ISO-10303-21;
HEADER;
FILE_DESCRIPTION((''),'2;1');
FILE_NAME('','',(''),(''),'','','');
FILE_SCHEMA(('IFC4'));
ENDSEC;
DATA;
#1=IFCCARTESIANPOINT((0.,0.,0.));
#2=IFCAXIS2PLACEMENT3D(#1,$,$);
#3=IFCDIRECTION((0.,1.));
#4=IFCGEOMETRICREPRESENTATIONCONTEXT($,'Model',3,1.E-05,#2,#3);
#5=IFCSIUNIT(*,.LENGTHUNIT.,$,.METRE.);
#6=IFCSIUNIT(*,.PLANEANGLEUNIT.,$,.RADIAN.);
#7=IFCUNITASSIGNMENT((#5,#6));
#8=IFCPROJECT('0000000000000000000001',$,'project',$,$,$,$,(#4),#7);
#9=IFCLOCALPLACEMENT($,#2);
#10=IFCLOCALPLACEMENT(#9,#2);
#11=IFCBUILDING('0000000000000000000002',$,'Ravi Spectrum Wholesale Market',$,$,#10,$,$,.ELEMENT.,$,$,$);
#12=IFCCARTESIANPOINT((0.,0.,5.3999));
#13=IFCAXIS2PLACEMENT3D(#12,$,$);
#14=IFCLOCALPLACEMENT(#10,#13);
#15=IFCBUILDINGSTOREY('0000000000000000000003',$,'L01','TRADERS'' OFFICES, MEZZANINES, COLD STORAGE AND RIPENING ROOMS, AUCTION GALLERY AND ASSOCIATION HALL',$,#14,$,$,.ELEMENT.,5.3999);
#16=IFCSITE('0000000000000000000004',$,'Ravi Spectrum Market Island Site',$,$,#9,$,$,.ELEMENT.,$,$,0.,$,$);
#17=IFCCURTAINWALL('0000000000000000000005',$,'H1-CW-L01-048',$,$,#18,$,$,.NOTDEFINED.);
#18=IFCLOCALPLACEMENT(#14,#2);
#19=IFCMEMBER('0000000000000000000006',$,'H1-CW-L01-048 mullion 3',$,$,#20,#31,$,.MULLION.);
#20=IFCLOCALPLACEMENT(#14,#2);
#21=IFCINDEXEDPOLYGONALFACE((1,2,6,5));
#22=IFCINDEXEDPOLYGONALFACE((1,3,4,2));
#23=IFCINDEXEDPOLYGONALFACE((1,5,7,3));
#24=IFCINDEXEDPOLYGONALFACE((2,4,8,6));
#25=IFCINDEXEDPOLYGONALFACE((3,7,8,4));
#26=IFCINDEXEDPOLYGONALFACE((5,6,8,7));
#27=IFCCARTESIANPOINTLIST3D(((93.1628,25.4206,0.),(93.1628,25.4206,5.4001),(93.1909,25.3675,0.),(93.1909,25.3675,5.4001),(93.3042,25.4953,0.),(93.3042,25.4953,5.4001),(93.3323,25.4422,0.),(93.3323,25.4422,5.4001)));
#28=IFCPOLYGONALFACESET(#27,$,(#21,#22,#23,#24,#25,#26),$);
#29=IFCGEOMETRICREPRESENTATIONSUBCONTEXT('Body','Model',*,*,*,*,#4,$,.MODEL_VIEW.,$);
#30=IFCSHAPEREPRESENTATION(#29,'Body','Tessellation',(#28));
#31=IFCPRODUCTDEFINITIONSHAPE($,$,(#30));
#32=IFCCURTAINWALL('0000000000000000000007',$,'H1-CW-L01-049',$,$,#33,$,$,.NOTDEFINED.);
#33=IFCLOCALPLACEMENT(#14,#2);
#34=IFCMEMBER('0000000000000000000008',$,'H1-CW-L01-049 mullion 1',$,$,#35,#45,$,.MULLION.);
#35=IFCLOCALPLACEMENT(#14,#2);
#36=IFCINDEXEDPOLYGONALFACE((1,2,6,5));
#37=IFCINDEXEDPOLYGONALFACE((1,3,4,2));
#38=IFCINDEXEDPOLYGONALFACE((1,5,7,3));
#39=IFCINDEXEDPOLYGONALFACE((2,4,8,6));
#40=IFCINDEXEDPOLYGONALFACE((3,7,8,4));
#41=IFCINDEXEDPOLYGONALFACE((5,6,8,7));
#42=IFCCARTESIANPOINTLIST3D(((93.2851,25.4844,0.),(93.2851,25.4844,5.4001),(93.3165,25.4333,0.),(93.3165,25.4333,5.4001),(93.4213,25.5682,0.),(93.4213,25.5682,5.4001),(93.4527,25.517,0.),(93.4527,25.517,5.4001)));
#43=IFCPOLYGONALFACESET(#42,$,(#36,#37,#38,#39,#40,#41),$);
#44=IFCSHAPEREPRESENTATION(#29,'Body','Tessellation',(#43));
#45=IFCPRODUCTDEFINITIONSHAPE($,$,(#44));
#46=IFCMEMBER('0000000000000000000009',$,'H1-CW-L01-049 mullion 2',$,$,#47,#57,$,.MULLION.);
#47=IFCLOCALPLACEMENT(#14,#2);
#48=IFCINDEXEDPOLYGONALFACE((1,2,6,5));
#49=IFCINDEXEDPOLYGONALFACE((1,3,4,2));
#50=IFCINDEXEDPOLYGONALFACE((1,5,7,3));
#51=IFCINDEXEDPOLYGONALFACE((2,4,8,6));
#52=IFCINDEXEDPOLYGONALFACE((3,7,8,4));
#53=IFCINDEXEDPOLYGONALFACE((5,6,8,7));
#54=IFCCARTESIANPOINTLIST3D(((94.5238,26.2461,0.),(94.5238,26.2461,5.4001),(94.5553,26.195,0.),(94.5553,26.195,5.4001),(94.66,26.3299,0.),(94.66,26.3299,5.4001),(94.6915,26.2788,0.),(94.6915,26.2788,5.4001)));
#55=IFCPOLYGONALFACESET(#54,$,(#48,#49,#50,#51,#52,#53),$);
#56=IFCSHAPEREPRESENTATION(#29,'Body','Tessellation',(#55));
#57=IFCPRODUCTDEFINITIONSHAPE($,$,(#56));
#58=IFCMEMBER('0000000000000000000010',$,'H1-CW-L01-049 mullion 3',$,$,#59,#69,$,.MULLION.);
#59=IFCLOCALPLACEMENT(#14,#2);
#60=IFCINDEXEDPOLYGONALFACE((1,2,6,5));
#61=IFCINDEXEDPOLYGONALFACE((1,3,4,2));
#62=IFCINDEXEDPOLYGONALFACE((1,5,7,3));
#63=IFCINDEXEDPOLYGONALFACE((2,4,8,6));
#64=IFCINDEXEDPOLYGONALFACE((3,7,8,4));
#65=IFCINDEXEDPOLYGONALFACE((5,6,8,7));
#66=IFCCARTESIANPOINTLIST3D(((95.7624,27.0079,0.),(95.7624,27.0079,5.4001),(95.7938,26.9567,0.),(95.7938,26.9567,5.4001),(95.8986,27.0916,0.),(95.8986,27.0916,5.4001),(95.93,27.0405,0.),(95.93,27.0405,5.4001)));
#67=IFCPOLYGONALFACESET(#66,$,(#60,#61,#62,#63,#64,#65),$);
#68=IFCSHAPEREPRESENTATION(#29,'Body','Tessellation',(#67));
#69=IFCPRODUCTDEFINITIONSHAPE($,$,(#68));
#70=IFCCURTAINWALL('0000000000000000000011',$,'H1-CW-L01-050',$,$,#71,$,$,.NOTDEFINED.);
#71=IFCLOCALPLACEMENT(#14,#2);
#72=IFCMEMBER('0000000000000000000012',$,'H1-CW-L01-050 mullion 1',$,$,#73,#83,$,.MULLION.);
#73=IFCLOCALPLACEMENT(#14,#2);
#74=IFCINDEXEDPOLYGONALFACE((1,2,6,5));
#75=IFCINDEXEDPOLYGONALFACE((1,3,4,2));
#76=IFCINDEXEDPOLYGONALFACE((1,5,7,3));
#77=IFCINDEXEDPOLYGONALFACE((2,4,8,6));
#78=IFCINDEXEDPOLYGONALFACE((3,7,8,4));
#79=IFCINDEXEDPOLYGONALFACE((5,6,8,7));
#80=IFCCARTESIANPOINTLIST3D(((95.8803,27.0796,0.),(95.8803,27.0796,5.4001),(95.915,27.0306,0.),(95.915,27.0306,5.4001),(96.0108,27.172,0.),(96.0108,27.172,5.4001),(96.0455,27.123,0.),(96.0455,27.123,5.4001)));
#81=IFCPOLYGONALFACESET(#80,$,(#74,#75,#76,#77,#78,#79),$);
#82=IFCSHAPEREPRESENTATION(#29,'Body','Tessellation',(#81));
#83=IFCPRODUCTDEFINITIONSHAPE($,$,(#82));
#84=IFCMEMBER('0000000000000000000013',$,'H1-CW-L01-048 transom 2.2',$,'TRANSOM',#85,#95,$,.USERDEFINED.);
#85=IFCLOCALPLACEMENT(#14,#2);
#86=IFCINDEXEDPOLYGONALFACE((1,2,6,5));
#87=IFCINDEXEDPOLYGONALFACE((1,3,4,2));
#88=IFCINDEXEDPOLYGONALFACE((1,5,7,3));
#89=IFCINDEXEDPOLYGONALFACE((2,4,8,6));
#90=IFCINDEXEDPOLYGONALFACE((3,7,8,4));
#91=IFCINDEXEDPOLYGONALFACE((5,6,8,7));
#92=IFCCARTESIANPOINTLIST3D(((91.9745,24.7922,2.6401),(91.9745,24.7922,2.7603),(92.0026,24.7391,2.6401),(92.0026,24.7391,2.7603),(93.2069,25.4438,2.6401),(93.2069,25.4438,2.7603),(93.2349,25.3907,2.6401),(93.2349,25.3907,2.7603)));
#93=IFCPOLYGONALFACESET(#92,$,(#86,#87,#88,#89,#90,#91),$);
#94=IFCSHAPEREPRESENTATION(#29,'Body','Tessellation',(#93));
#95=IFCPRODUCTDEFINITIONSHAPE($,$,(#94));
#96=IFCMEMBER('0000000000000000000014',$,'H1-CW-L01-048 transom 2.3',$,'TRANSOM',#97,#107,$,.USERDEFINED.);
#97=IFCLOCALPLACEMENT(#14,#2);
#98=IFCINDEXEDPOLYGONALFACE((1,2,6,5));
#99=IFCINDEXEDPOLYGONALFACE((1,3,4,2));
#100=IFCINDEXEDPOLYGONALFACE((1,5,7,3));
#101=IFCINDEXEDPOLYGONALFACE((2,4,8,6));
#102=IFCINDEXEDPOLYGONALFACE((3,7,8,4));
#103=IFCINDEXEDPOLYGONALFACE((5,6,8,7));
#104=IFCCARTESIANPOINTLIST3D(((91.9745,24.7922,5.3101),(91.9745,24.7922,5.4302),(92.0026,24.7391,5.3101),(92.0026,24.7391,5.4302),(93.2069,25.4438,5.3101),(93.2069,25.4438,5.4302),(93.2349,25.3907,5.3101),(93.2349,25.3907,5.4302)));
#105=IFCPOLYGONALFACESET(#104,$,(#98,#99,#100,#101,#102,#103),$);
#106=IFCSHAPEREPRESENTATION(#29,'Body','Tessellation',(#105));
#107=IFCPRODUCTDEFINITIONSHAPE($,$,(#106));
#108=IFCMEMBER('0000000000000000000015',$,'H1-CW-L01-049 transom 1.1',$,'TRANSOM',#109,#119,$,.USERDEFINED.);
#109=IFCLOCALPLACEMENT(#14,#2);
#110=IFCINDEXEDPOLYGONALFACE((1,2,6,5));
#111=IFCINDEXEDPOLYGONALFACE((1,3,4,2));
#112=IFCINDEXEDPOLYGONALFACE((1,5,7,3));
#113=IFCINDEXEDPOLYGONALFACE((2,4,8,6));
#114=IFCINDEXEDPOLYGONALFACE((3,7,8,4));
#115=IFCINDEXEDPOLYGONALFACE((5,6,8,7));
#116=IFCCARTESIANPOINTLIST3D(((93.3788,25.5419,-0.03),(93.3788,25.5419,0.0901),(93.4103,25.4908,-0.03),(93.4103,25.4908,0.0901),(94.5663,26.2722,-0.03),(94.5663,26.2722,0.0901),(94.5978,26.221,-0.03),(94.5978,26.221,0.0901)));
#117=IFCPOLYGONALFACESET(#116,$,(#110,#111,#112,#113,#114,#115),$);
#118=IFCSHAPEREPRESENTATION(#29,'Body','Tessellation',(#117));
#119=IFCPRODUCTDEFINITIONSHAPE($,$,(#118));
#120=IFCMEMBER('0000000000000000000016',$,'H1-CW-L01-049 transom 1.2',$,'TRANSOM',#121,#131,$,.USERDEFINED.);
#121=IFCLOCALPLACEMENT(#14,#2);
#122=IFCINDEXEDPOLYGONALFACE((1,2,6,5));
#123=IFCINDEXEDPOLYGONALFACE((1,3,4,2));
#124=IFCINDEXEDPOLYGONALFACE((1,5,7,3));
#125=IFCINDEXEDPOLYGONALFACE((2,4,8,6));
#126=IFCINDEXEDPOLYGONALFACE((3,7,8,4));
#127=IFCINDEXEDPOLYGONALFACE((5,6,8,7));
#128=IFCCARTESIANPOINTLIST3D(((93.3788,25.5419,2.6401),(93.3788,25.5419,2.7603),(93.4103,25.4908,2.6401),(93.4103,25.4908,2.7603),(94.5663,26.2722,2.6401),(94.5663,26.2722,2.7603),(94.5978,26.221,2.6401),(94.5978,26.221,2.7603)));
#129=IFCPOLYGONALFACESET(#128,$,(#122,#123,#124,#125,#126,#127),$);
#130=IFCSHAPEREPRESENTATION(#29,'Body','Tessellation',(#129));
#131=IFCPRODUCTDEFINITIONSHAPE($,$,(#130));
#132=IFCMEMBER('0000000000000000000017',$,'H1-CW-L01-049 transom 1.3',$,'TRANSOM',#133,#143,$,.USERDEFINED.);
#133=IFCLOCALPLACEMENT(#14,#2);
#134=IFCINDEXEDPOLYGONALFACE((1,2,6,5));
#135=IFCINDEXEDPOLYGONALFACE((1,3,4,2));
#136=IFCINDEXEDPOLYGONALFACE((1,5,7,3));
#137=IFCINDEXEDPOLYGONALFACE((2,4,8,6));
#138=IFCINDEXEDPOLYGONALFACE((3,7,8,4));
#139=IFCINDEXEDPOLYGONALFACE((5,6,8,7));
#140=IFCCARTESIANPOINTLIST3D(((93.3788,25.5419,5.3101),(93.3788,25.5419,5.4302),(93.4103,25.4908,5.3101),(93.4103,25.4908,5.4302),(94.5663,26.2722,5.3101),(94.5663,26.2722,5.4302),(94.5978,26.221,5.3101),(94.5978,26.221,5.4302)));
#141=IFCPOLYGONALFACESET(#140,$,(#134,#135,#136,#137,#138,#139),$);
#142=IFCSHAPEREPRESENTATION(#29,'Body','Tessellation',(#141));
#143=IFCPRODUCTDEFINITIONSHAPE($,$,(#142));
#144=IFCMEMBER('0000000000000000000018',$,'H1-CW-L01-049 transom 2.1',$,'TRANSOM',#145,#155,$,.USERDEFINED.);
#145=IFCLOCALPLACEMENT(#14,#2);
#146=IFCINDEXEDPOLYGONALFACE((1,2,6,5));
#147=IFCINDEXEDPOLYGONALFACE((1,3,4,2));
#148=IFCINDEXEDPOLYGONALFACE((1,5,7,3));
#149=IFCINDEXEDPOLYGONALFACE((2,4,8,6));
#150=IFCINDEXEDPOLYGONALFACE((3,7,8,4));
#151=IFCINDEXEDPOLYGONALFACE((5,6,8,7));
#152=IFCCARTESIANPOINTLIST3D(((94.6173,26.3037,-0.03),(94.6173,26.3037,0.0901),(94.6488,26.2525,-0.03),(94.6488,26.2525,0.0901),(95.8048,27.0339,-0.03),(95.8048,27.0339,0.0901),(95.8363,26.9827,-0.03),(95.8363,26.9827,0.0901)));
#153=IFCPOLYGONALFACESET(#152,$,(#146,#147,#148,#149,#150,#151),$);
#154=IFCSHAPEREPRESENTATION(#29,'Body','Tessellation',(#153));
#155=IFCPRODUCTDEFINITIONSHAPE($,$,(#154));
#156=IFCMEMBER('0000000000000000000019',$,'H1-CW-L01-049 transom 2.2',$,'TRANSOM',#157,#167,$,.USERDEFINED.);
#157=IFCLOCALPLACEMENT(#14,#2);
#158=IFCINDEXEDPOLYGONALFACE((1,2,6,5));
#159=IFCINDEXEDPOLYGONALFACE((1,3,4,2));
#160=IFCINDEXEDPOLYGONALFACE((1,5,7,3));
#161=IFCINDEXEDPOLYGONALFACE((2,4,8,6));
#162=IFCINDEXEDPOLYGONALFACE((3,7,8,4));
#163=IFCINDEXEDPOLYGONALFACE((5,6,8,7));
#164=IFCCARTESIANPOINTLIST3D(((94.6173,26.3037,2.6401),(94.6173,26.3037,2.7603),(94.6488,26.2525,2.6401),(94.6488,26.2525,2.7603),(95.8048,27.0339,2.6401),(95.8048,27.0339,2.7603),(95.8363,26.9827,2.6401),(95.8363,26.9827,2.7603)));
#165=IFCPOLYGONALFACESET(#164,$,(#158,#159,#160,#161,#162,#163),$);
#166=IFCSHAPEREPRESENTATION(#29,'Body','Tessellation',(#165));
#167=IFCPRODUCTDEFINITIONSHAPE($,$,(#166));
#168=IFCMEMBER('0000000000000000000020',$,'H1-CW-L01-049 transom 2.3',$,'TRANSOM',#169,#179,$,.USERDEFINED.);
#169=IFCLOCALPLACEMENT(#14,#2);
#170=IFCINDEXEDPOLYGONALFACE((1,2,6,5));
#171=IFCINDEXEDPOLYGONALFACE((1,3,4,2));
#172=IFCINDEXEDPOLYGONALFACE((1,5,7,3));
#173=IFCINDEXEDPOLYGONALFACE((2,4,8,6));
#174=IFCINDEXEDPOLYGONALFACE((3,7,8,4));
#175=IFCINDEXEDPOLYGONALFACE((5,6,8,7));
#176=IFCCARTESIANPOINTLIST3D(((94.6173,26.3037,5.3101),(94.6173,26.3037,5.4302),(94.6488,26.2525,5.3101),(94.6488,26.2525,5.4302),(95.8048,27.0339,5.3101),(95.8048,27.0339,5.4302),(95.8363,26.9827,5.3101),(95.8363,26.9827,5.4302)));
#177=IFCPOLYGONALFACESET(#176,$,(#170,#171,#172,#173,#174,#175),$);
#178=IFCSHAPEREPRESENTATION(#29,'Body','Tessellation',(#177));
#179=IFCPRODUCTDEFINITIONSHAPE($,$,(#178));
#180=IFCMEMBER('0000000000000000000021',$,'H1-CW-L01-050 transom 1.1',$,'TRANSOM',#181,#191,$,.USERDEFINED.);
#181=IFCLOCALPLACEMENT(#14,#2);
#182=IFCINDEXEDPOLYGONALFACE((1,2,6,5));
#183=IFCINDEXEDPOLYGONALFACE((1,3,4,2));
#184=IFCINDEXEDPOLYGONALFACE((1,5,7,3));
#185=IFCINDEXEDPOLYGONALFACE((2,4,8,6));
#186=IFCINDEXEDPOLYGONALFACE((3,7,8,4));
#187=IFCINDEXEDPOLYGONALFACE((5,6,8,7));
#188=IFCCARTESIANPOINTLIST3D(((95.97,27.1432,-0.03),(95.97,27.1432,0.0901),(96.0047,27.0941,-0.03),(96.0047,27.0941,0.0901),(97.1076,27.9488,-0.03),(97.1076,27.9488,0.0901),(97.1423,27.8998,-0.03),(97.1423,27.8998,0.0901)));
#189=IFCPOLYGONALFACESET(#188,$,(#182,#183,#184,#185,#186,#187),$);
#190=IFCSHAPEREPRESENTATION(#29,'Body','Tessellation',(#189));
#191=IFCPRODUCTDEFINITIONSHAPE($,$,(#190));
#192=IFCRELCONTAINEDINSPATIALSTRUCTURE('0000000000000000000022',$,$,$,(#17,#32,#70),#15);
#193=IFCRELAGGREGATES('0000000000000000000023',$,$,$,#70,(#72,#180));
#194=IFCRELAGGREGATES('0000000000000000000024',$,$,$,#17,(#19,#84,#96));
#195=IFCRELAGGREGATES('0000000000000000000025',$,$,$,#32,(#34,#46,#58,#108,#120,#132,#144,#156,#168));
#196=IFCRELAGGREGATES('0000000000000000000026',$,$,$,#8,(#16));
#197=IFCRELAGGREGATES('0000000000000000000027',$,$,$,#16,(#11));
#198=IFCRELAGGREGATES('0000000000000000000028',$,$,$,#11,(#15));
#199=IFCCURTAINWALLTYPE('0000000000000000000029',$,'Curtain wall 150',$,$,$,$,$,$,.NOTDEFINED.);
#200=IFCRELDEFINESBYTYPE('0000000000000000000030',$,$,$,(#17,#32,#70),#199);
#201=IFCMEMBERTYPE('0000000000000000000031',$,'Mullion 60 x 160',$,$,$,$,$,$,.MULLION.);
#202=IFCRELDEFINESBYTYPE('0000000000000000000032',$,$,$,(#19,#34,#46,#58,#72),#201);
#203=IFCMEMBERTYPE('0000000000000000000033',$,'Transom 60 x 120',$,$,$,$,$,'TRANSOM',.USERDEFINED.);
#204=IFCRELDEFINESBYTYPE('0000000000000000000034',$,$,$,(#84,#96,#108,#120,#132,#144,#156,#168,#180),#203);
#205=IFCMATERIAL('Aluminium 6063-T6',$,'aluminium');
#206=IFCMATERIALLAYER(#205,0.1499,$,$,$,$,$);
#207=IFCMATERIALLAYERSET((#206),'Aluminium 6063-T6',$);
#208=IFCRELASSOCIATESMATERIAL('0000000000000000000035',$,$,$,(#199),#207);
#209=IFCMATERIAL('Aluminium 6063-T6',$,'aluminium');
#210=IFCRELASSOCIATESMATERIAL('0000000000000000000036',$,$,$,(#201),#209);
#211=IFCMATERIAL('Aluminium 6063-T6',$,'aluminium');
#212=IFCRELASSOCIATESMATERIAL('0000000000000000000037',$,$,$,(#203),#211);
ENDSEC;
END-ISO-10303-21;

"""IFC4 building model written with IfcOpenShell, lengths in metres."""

from ifc_helpers import new_model, si_unit, direction, frame, origin, origin_2d, place, context, subcontext, project, spatial, rectangle, extrude, material, layer, layer_set, material_profile, profile_set, type_object, element, aggregate, save


model = new_model("IFC4")

# Units and contexts
model_context = context("Model", 3, precision=1e-05, world=origin(), true_north=direction((0.0, 1.0)))
body_context = subcontext(model_context, "Body", "Model", "MODEL_VIEW")
ifc_project = project(units=[si_unit("LENGTHUNIT", "METRE"), si_unit("PLANEANGLEUNIT", "RADIAN")], contexts=[model_context])

# Site, building, storey
site_placement = place(None, origin())
site = spatial("IfcSite", under=ifc_project, at=site_placement, Name="Ravi Spectrum Market Island Site", CompositionType="ELEMENT", RefElevation=0.0)
building_placement = place(site_placement, origin())
building = spatial("IfcBuilding", under=site, at=building_placement, Name="Ravi Spectrum Wholesale Market", CompositionType="ELEMENT")
storey_placement = place(building_placement, frame((0.0, 0.0, 5.3999)))
storey = spatial("IfcBuildingStorey", under=building, at=storey_placement, Name="L01", Description="TRADERS' OFFICES, MEZZANINES, COLD STORAGE AND RIPENING ROOMS, AUCTION GALLERY AND ASSOCIATION HALL", CompositionType="ELEMENT", Elevation=5.3999)

# Curtain wall, member
ifc_material_1 = material(Name="Aluminium 6063-T6", Category="aluminium")
ifc_layer_1 = layer(ifc_material_1, 0.1499)
ifc_layer_set_1 = layer_set([ifc_layer_1], Name="Aluminium 6063-T6")
curtain_wall_type = type_object("IfcCurtainWallType", Name="Curtain wall 150", PredefinedType="NOTDEFINED", material=ifc_layer_set_1)
curtain_wall_1_placement = place(storey_placement, origin())
curtain_wall_1 = element("IfcCurtainWall", 1, at=curtain_wall_1_placement, inside=storey, type_object=curtain_wall_type, Name="H1-CW-L01-048", PredefinedType="NOTDEFINED")
ifc_material_2 = material(Name="Aluminium 6063-T6", Category="aluminium")
ifc_material_profile_1 = material_profile(ifc_material_2, rectangle(XDim=0.0601, YDim=0.1599, at=origin_2d()))
ifc_profile_set_1 = profile_set([ifc_material_profile_1], Name="Aluminium 6063-T6")
member_type_1 = type_object("IfcMemberType", Name="Mullion 60 x 160", PredefinedType="MULLION", material=ifc_profile_set_1)
member_1_placement = place(storey_placement, frame((93.2476, 25.4314, 0.0), z_axis=(0.0, 0.0, 1.0), x_axis=(-0.467524, 0.88398, 0.0)))
member_1 = element("IfcMember", 2, at=member_1_placement, type_object=member_type_1, Name="H1-CW-L01-048 mullion 3", PredefinedType="MULLION", context=body_context, shape_type="SweptSolid", body=[
    extrude(rectangle(XDim=0.0601, YDim=0.1599, at=origin_2d()), origin(), (0.0, 0.0, 1.0), 5.4001),
])

# Curtain wall, members
curtain_wall_2_placement = place(storey_placement, origin())
curtain_wall_2 = element("IfcCurtainWall", 3, at=curtain_wall_2_placement, inside=storey, type_object=curtain_wall_type, Name="H1-CW-L01-049", PredefinedType="NOTDEFINED")
member_2_placement = place(storey_placement, frame((93.3689, 25.5007, 0.0), z_axis=(0.0, 0.0, 1.0), x_axis=(-0.523841, 0.851816, 0.0)))
member_2 = element("IfcMember", 4, at=member_2_placement, type_object=member_type_1, Name="H1-CW-L01-049 mullion 1", PredefinedType="MULLION", context=body_context, shape_type="SweptSolid", body=[
    extrude(rectangle(XDim=0.0601, YDim=0.1599, at=origin_2d()), origin(), (0.0, 0.0, 1.0), 5.4001),
])
member_3_placement = place(storey_placement, frame((94.6077, 26.2625, 0.0), z_axis=(0.0, 0.0, 1.0), x_axis=(-0.523841, 0.851816, 0.0)))
member_3 = element("IfcMember", 5, at=member_3_placement, type_object=member_type_1, Name="H1-CW-L01-049 mullion 2", PredefinedType="MULLION", context=body_context, shape_type="SweptSolid", body=[
    extrude(rectangle(XDim=0.0601, YDim=0.1599, at=origin_2d()), origin(), (0.0, 0.0, 1.0), 5.4001),
])
member_4_placement = place(storey_placement, frame((95.8462, 27.0242, 0.0), z_axis=(0.0, 0.0, 1.0), x_axis=(-0.523841, 0.851816, 0.0)))
member_4 = element("IfcMember", 6, at=member_4_placement, type_object=member_type_1, Name="H1-CW-L01-049 mullion 3", PredefinedType="MULLION", context=body_context, shape_type="SweptSolid", body=[
    extrude(rectangle(XDim=0.0601, YDim=0.1599, at=origin_2d()), origin(), (0.0, 0.0, 1.0), 5.4001),
])

# Curtain wall, member
curtain_wall_3_placement = place(storey_placement, origin())
curtain_wall_3 = element("IfcCurtainWall", 7, at=curtain_wall_3_placement, inside=storey, type_object=curtain_wall_type, Name="H1-CW-L01-050", PredefinedType="NOTDEFINED")
member_5_placement = place(storey_placement, frame((95.9629, 27.1013, 0.0), z_axis=(0.0, 0.0, 1.0), x_axis=(-0.577953, 0.81607, 0.0)))
member_5 = element("IfcMember", 8, at=member_5_placement, type_object=member_type_1, Name="H1-CW-L01-050 mullion 1", PredefinedType="MULLION", context=body_context, shape_type="SweptSolid", body=[
    extrude(rectangle(XDim=0.0601, YDim=0.1599, at=origin_2d()), origin(), (0.0, 0.0, 1.0), 5.4001),
])

# Members
ifc_material_3 = material(Name="Aluminium 6063-T6", Category="aluminium")
ifc_material_profile_2 = material_profile(ifc_material_3, rectangle(XDim=0.0601, YDim=0.1201, at=origin_2d()))
ifc_profile_set_2 = profile_set([ifc_material_profile_2], Name="Aluminium 6063-T6")
member_type_2 = type_object("IfcMemberType", Name="Transom 60 x 120", ElementType="TRANSOM", PredefinedType="USERDEFINED", material=ifc_profile_set_2)
member_6_placement = place(storey_placement, frame((91.9885, 24.7656, 2.7002), z_axis=(0.884039, 0.467413, 0.0), x_axis=(-0.467413, 0.884039, 0.0)))
member_6 = element("IfcMember", 9, at=member_6_placement, type_object=member_type_2, Name="H1-CW-L01-048 transom 2.2", ObjectType="TRANSOM", PredefinedType="USERDEFINED", context=body_context, shape_type="SweptSolid", body=[
    extrude(rectangle(XDim=0.0601, YDim=0.1201, at=origin_2d()), origin(), (0.0, 0.0, 1.0), 1.394),
])
member_7_placement = place(storey_placement, frame((91.9885, 24.7656, 5.3701), z_axis=(0.884039, 0.467413, 0.0), x_axis=(-0.467413, 0.884039, 0.0)))
member_7 = element("IfcMember", 10, at=member_7_placement, type_object=member_type_2, Name="H1-CW-L01-048 transom 2.3", ObjectType="TRANSOM", PredefinedType="USERDEFINED", context=body_context, shape_type="SweptSolid", body=[
    extrude(rectangle(XDim=0.0601, YDim=0.1201, at=origin_2d()), origin(), (0.0, 0.0, 1.0), 1.394),
])
member_8_placement = place(storey_placement, frame((93.3945, 25.5164, 0.03), z_axis=(0.851833, 0.523814, 0.0), x_axis=(-0.523814, 0.851833, 0.0)))
member_8 = element("IfcMember", 11, at=member_8_placement, type_object=member_type_2, Name="H1-CW-L01-049 transom 1.1", ObjectType="TRANSOM", PredefinedType="USERDEFINED", context=body_context, shape_type="SweptSolid", body=[
    extrude(rectangle(XDim=0.0601, YDim=0.1201, at=origin_2d()), origin(), (0.0, 0.0, 1.0), 1.394),
])
member_9_placement = place(storey_placement, frame((93.3945, 25.5164, 2.7002), z_axis=(0.851833, 0.523814, 0.0), x_axis=(-0.523814, 0.851833, 0.0)))
member_9 = element("IfcMember", 12, at=member_9_placement, type_object=member_type_2, Name="H1-CW-L01-049 transom 1.2", ObjectType="TRANSOM", PredefinedType="USERDEFINED", context=body_context, shape_type="SweptSolid", body=[
    extrude(rectangle(XDim=0.0601, YDim=0.1201, at=origin_2d()), origin(), (0.0, 0.0, 1.0), 1.394),
])
member_10_placement = place(storey_placement, frame((93.3945, 25.5164, 5.3701), z_axis=(0.851833, 0.523814, 0.0), x_axis=(-0.523814, 0.851833, 0.0)))
member_10 = element("IfcMember", 13, at=member_10_placement, type_object=member_type_2, Name="H1-CW-L01-049 transom 1.3", ObjectType="TRANSOM", PredefinedType="USERDEFINED", context=body_context, shape_type="SweptSolid", body=[
    extrude(rectangle(XDim=0.0601, YDim=0.1201, at=origin_2d()), origin(), (0.0, 0.0, 1.0), 1.394),
])
member_11_placement = place(storey_placement, frame((94.6331, 26.2781, 0.03), z_axis=(0.851833, 0.523814, 0.0), x_axis=(-0.523814, 0.851833, 0.0)))
member_11 = element("IfcMember", 14, at=member_11_placement, type_object=member_type_2, Name="H1-CW-L01-049 transom 2.1", ObjectType="TRANSOM", PredefinedType="USERDEFINED", context=body_context, shape_type="SweptSolid", body=[
    extrude(rectangle(XDim=0.0601, YDim=0.1201, at=origin_2d()), origin(), (0.0, 0.0, 1.0), 1.394),
])
member_12_placement = place(storey_placement, frame((94.6331, 26.2781, 2.7002), z_axis=(0.851833, 0.523814, 0.0), x_axis=(-0.523814, 0.851833, 0.0)))
member_12 = element("IfcMember", 15, at=member_12_placement, type_object=member_type_2, Name="H1-CW-L01-049 transom 2.2", ObjectType="TRANSOM", PredefinedType="USERDEFINED", context=body_context, shape_type="SweptSolid", body=[
    extrude(rectangle(XDim=0.0601, YDim=0.1201, at=origin_2d()), origin(), (0.0, 0.0, 1.0), 1.394),
])
member_13_placement = place(storey_placement, frame((94.6331, 26.2781, 5.3701), z_axis=(0.851833, 0.523814, 0.0), x_axis=(-0.523814, 0.851833, 0.0)))
member_13 = element("IfcMember", 16, at=member_13_placement, type_object=member_type_2, Name="H1-CW-L01-049 transom 2.3", ObjectType="TRANSOM", PredefinedType="USERDEFINED", context=body_context, shape_type="SweptSolid", body=[
    extrude(rectangle(XDim=0.0601, YDim=0.1201, at=origin_2d()), origin(), (0.0, 0.0, 1.0), 1.394),
])
member_14_placement = place(storey_placement, frame((95.9873, 27.1187, 0.03), z_axis=(0.816093, 0.57792, 0.0), x_axis=(-0.57792, 0.816093, 0.0)))
member_14 = element("IfcMember", 17, at=member_14_placement, type_object=member_type_2, Name="H1-CW-L01-050 transom 1.1", ObjectType="TRANSOM", PredefinedType="USERDEFINED", context=body_context, shape_type="SweptSolid", body=[
    extrude(rectangle(XDim=0.0601, YDim=0.1201, at=origin_2d()), origin(), (0.0, 0.0, 1.0), 1.394),
])
aggregate(curtain_wall_3, [member_5, member_14])

aggregate(curtain_wall_1, [member_1, member_6, member_7])
aggregate(curtain_wall_2, [member_2, member_3, member_4, member_8, member_9, member_10, member_11, member_12, member_13])

save(model, "model.ifc")
